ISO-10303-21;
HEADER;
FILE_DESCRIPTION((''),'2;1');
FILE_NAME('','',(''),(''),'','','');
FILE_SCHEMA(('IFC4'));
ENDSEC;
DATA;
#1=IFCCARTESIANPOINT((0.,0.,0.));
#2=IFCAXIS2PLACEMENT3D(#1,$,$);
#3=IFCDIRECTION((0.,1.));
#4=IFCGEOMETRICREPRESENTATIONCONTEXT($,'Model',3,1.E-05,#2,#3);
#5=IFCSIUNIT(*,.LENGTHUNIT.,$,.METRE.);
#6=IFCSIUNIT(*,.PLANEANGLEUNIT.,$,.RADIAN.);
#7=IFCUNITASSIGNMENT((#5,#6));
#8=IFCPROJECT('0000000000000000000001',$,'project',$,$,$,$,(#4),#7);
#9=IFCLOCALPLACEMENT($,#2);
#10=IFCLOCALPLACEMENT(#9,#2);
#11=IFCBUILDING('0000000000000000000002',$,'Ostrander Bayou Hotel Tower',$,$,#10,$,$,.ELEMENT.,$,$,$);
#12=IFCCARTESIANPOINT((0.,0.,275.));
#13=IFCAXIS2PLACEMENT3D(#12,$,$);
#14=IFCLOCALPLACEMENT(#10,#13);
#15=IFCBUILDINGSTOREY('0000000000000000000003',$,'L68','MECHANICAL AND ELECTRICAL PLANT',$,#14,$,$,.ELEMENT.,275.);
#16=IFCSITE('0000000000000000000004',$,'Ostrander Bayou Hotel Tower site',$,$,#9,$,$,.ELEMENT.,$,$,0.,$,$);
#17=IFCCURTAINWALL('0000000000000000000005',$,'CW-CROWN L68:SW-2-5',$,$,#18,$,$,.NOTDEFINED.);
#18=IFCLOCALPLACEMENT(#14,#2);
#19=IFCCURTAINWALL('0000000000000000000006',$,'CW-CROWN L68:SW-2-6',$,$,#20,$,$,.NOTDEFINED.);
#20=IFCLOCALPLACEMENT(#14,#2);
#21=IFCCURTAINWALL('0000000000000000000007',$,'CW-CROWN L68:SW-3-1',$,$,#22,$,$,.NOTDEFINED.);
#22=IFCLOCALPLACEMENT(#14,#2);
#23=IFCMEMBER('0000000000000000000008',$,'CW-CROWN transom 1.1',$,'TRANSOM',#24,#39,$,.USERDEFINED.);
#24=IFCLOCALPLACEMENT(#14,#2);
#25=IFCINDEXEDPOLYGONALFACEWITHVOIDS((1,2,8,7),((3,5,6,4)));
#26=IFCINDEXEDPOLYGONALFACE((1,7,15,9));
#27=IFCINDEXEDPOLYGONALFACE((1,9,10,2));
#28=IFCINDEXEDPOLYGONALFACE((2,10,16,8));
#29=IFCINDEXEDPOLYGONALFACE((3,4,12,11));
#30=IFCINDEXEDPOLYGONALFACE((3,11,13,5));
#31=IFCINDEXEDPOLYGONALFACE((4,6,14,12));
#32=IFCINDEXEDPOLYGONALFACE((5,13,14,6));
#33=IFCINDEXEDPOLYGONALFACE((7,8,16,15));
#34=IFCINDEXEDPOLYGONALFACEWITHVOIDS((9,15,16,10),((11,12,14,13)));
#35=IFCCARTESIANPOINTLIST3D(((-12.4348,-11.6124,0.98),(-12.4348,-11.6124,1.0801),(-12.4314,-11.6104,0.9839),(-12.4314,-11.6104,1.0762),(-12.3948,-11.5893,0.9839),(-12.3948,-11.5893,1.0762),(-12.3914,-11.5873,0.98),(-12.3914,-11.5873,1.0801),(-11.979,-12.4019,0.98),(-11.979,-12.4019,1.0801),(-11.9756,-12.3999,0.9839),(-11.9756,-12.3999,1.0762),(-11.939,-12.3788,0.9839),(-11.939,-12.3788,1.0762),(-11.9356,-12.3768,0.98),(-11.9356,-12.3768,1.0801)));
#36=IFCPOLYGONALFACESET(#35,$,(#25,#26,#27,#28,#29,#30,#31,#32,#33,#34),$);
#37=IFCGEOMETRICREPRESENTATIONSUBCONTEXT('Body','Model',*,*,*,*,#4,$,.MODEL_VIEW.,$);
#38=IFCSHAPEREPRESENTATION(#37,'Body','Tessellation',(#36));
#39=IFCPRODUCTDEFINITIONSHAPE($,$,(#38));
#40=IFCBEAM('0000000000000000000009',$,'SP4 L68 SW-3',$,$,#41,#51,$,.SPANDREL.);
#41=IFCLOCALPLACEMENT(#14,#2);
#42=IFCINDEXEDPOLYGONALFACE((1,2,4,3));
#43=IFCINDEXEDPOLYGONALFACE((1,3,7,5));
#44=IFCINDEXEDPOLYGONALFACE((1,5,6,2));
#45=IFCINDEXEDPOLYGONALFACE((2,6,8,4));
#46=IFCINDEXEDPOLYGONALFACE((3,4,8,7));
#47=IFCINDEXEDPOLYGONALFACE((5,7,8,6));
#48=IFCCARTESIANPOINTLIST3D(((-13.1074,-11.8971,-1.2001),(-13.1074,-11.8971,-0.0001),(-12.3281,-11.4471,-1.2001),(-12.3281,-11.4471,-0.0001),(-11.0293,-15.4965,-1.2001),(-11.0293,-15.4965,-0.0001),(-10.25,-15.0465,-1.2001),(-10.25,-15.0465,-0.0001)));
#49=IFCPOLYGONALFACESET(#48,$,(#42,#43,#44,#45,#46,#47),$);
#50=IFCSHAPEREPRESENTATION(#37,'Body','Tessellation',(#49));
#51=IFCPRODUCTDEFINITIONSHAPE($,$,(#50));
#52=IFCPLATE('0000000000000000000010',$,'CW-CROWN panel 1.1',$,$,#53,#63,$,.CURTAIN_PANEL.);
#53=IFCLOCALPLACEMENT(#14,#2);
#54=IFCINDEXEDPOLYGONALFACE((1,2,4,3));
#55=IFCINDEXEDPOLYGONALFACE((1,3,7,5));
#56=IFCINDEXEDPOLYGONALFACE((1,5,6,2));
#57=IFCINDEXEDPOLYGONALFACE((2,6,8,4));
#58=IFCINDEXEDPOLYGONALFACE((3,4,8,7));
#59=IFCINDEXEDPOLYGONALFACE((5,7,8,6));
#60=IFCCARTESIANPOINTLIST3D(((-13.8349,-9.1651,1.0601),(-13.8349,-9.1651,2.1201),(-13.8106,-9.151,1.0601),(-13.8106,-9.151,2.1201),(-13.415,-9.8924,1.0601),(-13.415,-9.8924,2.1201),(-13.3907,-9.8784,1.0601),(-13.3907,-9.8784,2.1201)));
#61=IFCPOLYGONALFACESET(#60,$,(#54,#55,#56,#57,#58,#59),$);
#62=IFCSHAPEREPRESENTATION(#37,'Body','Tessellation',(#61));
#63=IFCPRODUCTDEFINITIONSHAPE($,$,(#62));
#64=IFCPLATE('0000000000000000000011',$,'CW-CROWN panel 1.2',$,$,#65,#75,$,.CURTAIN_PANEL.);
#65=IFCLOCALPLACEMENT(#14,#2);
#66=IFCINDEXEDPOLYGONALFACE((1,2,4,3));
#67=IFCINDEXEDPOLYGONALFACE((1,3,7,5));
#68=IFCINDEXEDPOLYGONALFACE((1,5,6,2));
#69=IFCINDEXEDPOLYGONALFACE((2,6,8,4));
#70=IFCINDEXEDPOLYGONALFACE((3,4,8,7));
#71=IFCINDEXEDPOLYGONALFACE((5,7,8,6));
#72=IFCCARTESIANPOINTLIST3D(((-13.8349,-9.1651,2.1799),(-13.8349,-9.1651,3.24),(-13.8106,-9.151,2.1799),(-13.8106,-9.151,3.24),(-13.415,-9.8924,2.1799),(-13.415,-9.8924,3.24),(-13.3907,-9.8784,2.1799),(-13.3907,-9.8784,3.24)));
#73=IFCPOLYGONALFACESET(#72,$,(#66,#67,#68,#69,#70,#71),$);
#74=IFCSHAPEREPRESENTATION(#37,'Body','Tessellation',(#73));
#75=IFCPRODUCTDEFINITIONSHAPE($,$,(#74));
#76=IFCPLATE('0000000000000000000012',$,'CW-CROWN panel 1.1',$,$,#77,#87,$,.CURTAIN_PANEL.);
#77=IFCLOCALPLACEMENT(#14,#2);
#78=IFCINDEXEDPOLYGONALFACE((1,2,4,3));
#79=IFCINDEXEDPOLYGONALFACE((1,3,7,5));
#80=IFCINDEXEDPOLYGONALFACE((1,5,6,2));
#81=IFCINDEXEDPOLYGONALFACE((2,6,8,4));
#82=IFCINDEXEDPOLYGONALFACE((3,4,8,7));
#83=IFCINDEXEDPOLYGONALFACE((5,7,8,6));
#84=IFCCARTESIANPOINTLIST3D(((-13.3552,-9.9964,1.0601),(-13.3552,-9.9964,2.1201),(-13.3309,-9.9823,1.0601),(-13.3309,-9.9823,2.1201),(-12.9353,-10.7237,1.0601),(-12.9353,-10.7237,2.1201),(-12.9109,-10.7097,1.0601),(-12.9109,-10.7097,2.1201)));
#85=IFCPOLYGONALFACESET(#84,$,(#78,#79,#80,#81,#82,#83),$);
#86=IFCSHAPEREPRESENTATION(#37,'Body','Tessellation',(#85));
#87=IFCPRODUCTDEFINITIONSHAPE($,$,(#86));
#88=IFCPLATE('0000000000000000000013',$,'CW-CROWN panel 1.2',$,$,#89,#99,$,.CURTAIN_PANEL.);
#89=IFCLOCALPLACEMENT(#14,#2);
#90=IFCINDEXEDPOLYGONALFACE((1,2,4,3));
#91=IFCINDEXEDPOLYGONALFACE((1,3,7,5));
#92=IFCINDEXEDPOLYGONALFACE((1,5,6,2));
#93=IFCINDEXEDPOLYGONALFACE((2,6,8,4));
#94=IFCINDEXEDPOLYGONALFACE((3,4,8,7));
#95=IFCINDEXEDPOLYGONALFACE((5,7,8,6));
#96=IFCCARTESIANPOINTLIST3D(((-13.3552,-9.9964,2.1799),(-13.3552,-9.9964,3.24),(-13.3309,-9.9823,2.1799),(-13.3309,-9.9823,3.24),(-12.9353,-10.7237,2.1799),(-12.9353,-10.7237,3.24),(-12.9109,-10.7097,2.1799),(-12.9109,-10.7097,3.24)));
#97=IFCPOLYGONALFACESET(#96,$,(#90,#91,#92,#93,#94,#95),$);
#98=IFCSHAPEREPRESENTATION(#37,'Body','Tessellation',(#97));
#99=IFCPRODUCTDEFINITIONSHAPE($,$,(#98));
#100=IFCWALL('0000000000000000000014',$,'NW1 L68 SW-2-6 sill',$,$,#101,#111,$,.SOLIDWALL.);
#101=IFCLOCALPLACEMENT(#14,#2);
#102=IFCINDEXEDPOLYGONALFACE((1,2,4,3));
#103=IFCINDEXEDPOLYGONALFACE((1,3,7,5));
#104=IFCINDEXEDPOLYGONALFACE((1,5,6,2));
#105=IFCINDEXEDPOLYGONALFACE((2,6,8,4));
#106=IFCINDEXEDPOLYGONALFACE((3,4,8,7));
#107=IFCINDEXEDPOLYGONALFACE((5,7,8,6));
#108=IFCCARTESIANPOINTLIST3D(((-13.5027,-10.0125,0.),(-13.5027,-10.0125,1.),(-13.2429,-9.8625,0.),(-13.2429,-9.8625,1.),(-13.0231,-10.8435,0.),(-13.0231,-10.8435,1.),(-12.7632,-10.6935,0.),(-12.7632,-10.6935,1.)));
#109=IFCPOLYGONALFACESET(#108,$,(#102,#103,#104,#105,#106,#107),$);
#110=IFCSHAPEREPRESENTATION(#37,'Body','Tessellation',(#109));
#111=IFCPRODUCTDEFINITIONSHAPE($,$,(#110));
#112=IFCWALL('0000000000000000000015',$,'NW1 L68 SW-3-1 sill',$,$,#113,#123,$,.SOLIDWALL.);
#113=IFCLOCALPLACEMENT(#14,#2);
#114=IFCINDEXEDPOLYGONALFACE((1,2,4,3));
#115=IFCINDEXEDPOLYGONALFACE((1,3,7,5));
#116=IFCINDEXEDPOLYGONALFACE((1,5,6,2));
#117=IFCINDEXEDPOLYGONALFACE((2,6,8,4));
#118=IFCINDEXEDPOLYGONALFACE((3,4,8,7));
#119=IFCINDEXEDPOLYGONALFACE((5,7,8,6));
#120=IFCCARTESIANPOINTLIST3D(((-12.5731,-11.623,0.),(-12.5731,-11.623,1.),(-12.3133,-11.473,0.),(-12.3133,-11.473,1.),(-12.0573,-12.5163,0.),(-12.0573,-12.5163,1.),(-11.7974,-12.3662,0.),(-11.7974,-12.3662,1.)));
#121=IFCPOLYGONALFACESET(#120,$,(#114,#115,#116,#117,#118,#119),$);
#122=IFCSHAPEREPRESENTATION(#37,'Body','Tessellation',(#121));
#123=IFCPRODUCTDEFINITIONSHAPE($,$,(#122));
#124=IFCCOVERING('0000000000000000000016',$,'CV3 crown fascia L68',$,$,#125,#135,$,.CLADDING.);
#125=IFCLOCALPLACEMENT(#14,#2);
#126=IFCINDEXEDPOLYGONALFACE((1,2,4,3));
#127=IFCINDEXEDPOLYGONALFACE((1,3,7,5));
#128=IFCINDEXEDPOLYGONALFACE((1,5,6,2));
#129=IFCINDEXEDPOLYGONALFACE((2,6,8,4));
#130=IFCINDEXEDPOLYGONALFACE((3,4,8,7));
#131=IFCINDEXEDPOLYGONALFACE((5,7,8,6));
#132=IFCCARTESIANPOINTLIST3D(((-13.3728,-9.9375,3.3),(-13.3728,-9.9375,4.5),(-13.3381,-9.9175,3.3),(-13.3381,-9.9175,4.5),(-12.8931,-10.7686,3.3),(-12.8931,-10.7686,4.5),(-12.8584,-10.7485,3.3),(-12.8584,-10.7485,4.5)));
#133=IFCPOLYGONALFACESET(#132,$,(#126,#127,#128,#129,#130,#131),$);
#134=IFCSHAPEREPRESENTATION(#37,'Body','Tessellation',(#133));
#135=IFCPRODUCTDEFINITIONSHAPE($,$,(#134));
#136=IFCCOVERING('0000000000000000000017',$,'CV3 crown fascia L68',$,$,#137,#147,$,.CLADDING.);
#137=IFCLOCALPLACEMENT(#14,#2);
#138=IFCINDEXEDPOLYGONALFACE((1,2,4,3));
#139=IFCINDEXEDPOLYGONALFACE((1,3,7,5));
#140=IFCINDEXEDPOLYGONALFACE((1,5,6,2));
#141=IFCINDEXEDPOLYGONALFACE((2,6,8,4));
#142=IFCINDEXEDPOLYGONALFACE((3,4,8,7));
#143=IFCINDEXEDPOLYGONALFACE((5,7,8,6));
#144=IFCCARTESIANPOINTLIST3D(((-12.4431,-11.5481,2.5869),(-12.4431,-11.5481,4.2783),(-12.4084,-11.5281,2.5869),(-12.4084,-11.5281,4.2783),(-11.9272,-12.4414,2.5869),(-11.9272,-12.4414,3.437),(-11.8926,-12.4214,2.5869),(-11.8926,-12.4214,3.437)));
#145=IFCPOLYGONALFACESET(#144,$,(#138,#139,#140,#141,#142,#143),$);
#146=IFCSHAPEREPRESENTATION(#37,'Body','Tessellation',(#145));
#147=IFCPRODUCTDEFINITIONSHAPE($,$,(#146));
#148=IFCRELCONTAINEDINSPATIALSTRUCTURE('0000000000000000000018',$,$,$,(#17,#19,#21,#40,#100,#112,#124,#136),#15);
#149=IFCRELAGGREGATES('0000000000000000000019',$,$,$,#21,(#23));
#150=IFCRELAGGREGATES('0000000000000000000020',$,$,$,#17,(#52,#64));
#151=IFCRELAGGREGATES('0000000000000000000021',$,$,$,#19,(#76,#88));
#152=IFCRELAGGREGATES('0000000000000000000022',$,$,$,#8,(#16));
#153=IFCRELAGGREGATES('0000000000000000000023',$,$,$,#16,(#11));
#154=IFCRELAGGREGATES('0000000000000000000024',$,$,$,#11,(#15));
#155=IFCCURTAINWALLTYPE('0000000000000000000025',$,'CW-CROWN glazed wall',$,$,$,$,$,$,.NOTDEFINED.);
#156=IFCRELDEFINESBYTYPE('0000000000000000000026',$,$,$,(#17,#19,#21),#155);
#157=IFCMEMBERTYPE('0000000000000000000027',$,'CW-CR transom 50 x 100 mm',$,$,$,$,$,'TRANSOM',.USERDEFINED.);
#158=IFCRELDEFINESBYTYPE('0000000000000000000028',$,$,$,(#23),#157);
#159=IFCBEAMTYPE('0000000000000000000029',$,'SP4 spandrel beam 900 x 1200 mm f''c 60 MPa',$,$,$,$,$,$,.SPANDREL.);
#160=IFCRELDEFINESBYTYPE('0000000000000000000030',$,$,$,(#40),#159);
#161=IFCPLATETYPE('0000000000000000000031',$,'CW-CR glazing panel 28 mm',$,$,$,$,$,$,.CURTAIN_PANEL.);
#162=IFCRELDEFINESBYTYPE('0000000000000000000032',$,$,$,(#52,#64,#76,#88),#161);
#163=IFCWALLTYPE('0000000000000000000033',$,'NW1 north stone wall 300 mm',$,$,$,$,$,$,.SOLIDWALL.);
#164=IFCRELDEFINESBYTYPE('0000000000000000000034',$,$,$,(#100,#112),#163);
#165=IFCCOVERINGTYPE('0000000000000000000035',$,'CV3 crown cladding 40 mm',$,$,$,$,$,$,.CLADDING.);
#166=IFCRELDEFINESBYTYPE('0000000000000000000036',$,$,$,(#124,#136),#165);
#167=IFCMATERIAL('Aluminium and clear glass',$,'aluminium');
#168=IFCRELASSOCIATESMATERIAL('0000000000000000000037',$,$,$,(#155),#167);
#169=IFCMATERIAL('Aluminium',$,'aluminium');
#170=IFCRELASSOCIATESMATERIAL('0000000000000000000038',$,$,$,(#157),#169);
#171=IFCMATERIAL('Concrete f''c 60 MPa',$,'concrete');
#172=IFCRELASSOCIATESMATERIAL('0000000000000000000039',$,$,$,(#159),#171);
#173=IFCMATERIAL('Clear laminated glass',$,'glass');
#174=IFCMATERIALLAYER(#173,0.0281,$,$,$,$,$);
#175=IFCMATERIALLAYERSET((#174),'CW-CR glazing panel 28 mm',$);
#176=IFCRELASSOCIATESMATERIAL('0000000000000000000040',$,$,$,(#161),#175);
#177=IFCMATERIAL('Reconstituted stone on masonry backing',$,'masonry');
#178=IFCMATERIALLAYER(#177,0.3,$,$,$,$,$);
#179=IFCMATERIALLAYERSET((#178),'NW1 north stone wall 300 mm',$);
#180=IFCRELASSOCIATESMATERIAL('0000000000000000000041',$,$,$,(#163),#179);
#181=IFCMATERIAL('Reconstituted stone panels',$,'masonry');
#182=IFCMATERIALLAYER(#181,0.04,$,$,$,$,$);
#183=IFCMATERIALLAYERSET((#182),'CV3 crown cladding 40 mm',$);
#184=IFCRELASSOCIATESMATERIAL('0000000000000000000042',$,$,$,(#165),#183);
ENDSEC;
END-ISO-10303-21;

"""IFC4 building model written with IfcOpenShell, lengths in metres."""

from ifc_helpers import new_model, si_unit, direction, frame, frame_2d, origin, origin_2d, place, context, subcontext, project, spatial, polyline, rectangle, hollow_rectangle, outline, extrude, material, layer, layer_set, material_profile, profile_set, type_object, element, aggregate, save


model = new_model("IFC4")

# Units and contexts
model_context = context("Model", 3, precision=1e-05, world=origin(), true_north=direction((0.0, 1.0)))
body_context = subcontext(model_context, "Body", "Model", "MODEL_VIEW")
ifc_project = project(units=[si_unit("LENGTHUNIT", "METRE"), si_unit("PLANEANGLEUNIT", "RADIAN")], contexts=[model_context])

# Site, building, storey
site_placement = place(None, origin())
site = spatial("IfcSite", under=ifc_project, at=site_placement, Name="Ostrander Bayou Hotel Tower site", CompositionType="ELEMENT", RefElevation=0.0)
building_placement = place(site_placement, origin())
building = spatial("IfcBuilding", under=site, at=building_placement, Name="Ostrander Bayou Hotel Tower", CompositionType="ELEMENT")
storey_placement = place(building_placement, frame((0.0, 0.0, 275.0)))
storey = spatial("IfcBuildingStorey", under=building, at=storey_placement, Name="L68", Description="MECHANICAL AND ELECTRICAL PLANT", CompositionType="ELEMENT", Elevation=275.0)

# Curtain wall
ifc_material_1 = material(Name="Aluminium and clear glass", Category="aluminium")
curtain_wall_type = type_object("IfcCurtainWallType", Name="CW-CROWN glazed wall", PredefinedType="NOTDEFINED", material=ifc_material_1)
curtain_wall_1_placement = place(storey_placement, origin())
curtain_wall_1 = element("IfcCurtainWall", 1, at=curtain_wall_1_placement, inside=storey, type_object=curtain_wall_type, Name="CW-CROWN L68:SW-2-5", PredefinedType="NOTDEFINED")

# Curtain wall
curtain_wall_2_placement = place(storey_placement, origin())
curtain_wall_2 = element("IfcCurtainWall", 2, at=curtain_wall_2_placement, inside=storey, type_object=curtain_wall_type, Name="CW-CROWN L68:SW-2-6", PredefinedType="NOTDEFINED")

# Curtain wall
curtain_wall_3_placement = place(storey_placement, origin())
curtain_wall_3 = element("IfcCurtainWall", 3, at=curtain_wall_3_placement, inside=storey, type_object=curtain_wall_type, Name="CW-CROWN L68:SW-3-1", PredefinedType="NOTDEFINED")

# Member
ifc_material_2 = material(Name="Aluminium", Category="aluminium")
ifc_material_profile_1 = material_profile(ifc_material_2, hollow_rectangle(XDim=0.05, YDim=0.1001, WallThickness=0.0039, at=origin_2d()))
ifc_profile_set_1 = profile_set([ifc_material_profile_1], Name="Aluminium")
member_type_1 = type_object("IfcMemberType", Name="CW-CR transom 50 x 100 mm", ElementType="TRANSOM", PredefinedType="USERDEFINED", material=ifc_profile_set_1)
member_1_placement = place(storey_placement, frame((-12.4131, -11.5999, 1.03), z_axis=(0.49997, -0.866043, 0.0), x_axis=(0.866043, 0.49997, 0.0)))
member_1 = element("IfcMember", 4, at=member_1_placement, type_object=member_type_1, Name="CW-CROWN transom 1.1", ObjectType="TRANSOM", PredefinedType="USERDEFINED", context=body_context, shape_type="SweptSolid", body=[
    extrude(hollow_rectangle(XDim=0.05, YDim=0.1001, WallThickness=0.0039, at=origin_2d()), origin(), (0.0, 0.0, 1.0), 0.9116),
])
aggregate(curtain_wall_3, [member_1])

# Beam
ifc_material_3 = material(Name="Concrete f'c 60 MPa", Category="concrete")
ifc_material_profile_2 = material_profile(ifc_material_3, rectangle(XDim=0.8999, YDim=1.2, at=origin_2d()))
ifc_profile_set_2 = profile_set([ifc_material_profile_2], Name="Concrete f'c 60 MPa")
beam_type = type_object("IfcBeamType", Name="SP4 spandrel beam 900 x 1200 mm f'c 60 MPa", PredefinedType="SPANDREL", material=ifc_profile_set_2)
beam_placement = place(storey_placement, frame((-12.7178, -11.6721, -0.6001), z_axis=(0.500006, -0.866022, 0.0), x_axis=(0.866022, 0.500006, 0.0)))
element("IfcBeam", 5, at=beam_placement, inside=storey, type_object=beam_type, Name="SP4 L68 SW-3", PredefinedType="SPANDREL", context=body_context, shape_type="SweptSolid", body=[
    extrude(rectangle(XDim=0.8999, YDim=1.2, at=origin_2d()), origin(), (0.0, 0.0, 1.0), 4.1562),
])

# Plates
ifc_material_4 = material(Name="Clear laminated glass", Category="glass")
ifc_layer_1 = layer(ifc_material_4, 0.0281)
ifc_layer_set_1 = layer_set([ifc_layer_1], Name="CW-CR glazing panel 28 mm")
plate_type = type_object("IfcPlateType", Name="CW-CR glazing panel 28 mm", PredefinedType="CURTAIN_PANEL", material=ifc_layer_set_1)
plate_1_placement = place(storey_placement, frame((-13.6128, -9.5217, 1.0601), z_axis=(0.0, 0.0, 1.0), x_axis=(0.500005, -0.866022, 0.0)))
plate_1 = element("IfcPlate", 6, at=plate_1_placement, type_object=plate_type, Name="CW-CROWN panel 1.1", PredefinedType="CURTAIN_PANEL", context=body_context, shape_type="SweptSolid", body=[
    extrude(rectangle(XDim=0.8398, YDim=0.0281, at=origin_2d()), origin(), (0.0, 0.0, 1.0), 1.0601),
])
plate_2_placement = place(storey_placement, frame((-13.6128, -9.5217, 2.1799), z_axis=(0.0, 0.0, 1.0), x_axis=(0.500005, -0.866022, 0.0)))
plate_2 = element("IfcPlate", 7, at=plate_2_placement, type_object=plate_type, Name="CW-CROWN panel 1.2", PredefinedType="CURTAIN_PANEL", context=body_context, shape_type="SweptSolid", body=[
    extrude(rectangle(XDim=0.8398, YDim=0.0281, at=origin_2d()), origin(), (0.0, 0.0, 1.0), 1.0601),
])
aggregate(curtain_wall_1, [plate_1, plate_2])
plate_3_placement = place(storey_placement, frame((-13.1331, -10.353, 1.0601), z_axis=(0.0, 0.0, 1.0), x_axis=(0.500005, -0.866022, 0.0)))
plate_3 = element("IfcPlate", 8, at=plate_3_placement, type_object=plate_type, Name="CW-CROWN panel 1.1", PredefinedType="CURTAIN_PANEL", context=body_context, shape_type="SweptSolid", body=[
    extrude(rectangle(XDim=0.8398, YDim=0.0281, at=origin_2d()), origin(), (0.0, 0.0, 1.0), 1.0601),
])
plate_4_placement = place(storey_placement, frame((-13.1331, -10.353, 2.1799), z_axis=(0.0, 0.0, 1.0), x_axis=(0.500005, -0.866022, 0.0)))
plate_4 = element("IfcPlate", 9, at=plate_4_placement, type_object=plate_type, Name="CW-CROWN panel 1.2", PredefinedType="CURTAIN_PANEL", context=body_context, shape_type="SweptSolid", body=[
    extrude(rectangle(XDim=0.8398, YDim=0.0281, at=origin_2d()), origin(), (0.0, 0.0, 1.0), 1.0601),
])
aggregate(curtain_wall_2, [plate_3, plate_4])

# Walls
ifc_material_5 = material(Name="Reconstituted stone on masonry backing", Category="masonry")
ifc_layer_2 = layer(ifc_material_5, 0.3)
ifc_layer_set_2 = layer_set([ifc_layer_2], Name="NW1 north stone wall 300 mm")
wall_type = type_object("IfcWallType", Name="NW1 north stone wall 300 mm", PredefinedType="SOLIDWALL", material=ifc_layer_set_2)
wall_1_placement = place(storey_placement, frame((-13.3728, -9.9375, 0.0), z_axis=(0.0, 0.0, 1.0), x_axis=(0.499943, -0.866058, 0.0)))
element("IfcWall", 10, at=wall_1_placement, inside=storey, type_object=wall_type, Name="NW1 L68 SW-2-6 sill", PredefinedType="SOLIDWALL", context=body_context, shape_type="SweptSolid", body=[
    extrude(rectangle(XDim=0.9595, YDim=0.3, at=frame_2d((0.4797, 0.0))), origin(), (0.0, 0.0, 1.0), 1.0),
])
wall_2_placement = place(storey_placement, frame((-12.4431, -11.5481, 0.0), z_axis=(0.0, 0.0, 1.0), x_axis=(0.500084, -0.865977, 0.0)))
element("IfcWall", 11, at=wall_2_placement, inside=storey, type_object=wall_type, Name="NW1 L68 SW-3-1 sill", PredefinedType="SOLIDWALL", context=body_context, shape_type="SweptSolid", body=[
    extrude(rectangle(XDim=1.0315, YDim=0.3, at=frame_2d((0.5156, 0.0))), origin(), (0.0, 0.0, 1.0), 1.0),
])

# Coverings
ifc_material_6 = material(Name="Reconstituted stone panels", Category="masonry")
ifc_layer_3 = layer(ifc_material_6, 0.04)
ifc_layer_set_3 = layer_set([ifc_layer_3], Name="CV3 crown cladding 40 mm")
covering_type = type_object("IfcCoveringType", Name="CV3 crown cladding 40 mm", PredefinedType="CLADDING", material=ifc_layer_set_3)
covering_1_placement = place(storey_placement, frame((-13.3728, -9.9375, 3.3), z_axis=(-0.866058, -0.499943, 0.0), x_axis=(0.499943, -0.866058, 0.0)))
element("IfcCovering", 12, at=covering_1_placement, inside=storey, type_object=covering_type, Name="CV3 crown fascia L68", PredefinedType="CLADDING", context=body_context, shape_type="SweptSolid", body=[
    extrude(outline(polyline([(0.0, 0.0), (0.9596, 0.0), (0.9596, 1.2), (0.0, 1.2), (0.0, 0.0)])), origin(), (0.0, 0.0, -1.0), 0.04),
])
covering_2_placement = place(storey_placement, frame((-12.4431, -11.5481, 2.5869), z_axis=(-0.865977, -0.500084, 0.0), x_axis=(0.500084, -0.865977, 0.0)))
element("IfcCovering", 13, at=covering_2_placement, inside=storey, type_object=covering_type, Name="CV3 crown fascia L68", PredefinedType="CLADDING", context=body_context, shape_type="SweptSolid", body=[
    extrude(outline(polyline([(0.0, 0.0), (1.0316, 0.0), (1.0316, 0.8501), (0.0, 1.6914), (0.0, 0.0)])), origin(), (0.0, 0.0, -1.0), 0.04),
])

save(model, "model.ifc")
